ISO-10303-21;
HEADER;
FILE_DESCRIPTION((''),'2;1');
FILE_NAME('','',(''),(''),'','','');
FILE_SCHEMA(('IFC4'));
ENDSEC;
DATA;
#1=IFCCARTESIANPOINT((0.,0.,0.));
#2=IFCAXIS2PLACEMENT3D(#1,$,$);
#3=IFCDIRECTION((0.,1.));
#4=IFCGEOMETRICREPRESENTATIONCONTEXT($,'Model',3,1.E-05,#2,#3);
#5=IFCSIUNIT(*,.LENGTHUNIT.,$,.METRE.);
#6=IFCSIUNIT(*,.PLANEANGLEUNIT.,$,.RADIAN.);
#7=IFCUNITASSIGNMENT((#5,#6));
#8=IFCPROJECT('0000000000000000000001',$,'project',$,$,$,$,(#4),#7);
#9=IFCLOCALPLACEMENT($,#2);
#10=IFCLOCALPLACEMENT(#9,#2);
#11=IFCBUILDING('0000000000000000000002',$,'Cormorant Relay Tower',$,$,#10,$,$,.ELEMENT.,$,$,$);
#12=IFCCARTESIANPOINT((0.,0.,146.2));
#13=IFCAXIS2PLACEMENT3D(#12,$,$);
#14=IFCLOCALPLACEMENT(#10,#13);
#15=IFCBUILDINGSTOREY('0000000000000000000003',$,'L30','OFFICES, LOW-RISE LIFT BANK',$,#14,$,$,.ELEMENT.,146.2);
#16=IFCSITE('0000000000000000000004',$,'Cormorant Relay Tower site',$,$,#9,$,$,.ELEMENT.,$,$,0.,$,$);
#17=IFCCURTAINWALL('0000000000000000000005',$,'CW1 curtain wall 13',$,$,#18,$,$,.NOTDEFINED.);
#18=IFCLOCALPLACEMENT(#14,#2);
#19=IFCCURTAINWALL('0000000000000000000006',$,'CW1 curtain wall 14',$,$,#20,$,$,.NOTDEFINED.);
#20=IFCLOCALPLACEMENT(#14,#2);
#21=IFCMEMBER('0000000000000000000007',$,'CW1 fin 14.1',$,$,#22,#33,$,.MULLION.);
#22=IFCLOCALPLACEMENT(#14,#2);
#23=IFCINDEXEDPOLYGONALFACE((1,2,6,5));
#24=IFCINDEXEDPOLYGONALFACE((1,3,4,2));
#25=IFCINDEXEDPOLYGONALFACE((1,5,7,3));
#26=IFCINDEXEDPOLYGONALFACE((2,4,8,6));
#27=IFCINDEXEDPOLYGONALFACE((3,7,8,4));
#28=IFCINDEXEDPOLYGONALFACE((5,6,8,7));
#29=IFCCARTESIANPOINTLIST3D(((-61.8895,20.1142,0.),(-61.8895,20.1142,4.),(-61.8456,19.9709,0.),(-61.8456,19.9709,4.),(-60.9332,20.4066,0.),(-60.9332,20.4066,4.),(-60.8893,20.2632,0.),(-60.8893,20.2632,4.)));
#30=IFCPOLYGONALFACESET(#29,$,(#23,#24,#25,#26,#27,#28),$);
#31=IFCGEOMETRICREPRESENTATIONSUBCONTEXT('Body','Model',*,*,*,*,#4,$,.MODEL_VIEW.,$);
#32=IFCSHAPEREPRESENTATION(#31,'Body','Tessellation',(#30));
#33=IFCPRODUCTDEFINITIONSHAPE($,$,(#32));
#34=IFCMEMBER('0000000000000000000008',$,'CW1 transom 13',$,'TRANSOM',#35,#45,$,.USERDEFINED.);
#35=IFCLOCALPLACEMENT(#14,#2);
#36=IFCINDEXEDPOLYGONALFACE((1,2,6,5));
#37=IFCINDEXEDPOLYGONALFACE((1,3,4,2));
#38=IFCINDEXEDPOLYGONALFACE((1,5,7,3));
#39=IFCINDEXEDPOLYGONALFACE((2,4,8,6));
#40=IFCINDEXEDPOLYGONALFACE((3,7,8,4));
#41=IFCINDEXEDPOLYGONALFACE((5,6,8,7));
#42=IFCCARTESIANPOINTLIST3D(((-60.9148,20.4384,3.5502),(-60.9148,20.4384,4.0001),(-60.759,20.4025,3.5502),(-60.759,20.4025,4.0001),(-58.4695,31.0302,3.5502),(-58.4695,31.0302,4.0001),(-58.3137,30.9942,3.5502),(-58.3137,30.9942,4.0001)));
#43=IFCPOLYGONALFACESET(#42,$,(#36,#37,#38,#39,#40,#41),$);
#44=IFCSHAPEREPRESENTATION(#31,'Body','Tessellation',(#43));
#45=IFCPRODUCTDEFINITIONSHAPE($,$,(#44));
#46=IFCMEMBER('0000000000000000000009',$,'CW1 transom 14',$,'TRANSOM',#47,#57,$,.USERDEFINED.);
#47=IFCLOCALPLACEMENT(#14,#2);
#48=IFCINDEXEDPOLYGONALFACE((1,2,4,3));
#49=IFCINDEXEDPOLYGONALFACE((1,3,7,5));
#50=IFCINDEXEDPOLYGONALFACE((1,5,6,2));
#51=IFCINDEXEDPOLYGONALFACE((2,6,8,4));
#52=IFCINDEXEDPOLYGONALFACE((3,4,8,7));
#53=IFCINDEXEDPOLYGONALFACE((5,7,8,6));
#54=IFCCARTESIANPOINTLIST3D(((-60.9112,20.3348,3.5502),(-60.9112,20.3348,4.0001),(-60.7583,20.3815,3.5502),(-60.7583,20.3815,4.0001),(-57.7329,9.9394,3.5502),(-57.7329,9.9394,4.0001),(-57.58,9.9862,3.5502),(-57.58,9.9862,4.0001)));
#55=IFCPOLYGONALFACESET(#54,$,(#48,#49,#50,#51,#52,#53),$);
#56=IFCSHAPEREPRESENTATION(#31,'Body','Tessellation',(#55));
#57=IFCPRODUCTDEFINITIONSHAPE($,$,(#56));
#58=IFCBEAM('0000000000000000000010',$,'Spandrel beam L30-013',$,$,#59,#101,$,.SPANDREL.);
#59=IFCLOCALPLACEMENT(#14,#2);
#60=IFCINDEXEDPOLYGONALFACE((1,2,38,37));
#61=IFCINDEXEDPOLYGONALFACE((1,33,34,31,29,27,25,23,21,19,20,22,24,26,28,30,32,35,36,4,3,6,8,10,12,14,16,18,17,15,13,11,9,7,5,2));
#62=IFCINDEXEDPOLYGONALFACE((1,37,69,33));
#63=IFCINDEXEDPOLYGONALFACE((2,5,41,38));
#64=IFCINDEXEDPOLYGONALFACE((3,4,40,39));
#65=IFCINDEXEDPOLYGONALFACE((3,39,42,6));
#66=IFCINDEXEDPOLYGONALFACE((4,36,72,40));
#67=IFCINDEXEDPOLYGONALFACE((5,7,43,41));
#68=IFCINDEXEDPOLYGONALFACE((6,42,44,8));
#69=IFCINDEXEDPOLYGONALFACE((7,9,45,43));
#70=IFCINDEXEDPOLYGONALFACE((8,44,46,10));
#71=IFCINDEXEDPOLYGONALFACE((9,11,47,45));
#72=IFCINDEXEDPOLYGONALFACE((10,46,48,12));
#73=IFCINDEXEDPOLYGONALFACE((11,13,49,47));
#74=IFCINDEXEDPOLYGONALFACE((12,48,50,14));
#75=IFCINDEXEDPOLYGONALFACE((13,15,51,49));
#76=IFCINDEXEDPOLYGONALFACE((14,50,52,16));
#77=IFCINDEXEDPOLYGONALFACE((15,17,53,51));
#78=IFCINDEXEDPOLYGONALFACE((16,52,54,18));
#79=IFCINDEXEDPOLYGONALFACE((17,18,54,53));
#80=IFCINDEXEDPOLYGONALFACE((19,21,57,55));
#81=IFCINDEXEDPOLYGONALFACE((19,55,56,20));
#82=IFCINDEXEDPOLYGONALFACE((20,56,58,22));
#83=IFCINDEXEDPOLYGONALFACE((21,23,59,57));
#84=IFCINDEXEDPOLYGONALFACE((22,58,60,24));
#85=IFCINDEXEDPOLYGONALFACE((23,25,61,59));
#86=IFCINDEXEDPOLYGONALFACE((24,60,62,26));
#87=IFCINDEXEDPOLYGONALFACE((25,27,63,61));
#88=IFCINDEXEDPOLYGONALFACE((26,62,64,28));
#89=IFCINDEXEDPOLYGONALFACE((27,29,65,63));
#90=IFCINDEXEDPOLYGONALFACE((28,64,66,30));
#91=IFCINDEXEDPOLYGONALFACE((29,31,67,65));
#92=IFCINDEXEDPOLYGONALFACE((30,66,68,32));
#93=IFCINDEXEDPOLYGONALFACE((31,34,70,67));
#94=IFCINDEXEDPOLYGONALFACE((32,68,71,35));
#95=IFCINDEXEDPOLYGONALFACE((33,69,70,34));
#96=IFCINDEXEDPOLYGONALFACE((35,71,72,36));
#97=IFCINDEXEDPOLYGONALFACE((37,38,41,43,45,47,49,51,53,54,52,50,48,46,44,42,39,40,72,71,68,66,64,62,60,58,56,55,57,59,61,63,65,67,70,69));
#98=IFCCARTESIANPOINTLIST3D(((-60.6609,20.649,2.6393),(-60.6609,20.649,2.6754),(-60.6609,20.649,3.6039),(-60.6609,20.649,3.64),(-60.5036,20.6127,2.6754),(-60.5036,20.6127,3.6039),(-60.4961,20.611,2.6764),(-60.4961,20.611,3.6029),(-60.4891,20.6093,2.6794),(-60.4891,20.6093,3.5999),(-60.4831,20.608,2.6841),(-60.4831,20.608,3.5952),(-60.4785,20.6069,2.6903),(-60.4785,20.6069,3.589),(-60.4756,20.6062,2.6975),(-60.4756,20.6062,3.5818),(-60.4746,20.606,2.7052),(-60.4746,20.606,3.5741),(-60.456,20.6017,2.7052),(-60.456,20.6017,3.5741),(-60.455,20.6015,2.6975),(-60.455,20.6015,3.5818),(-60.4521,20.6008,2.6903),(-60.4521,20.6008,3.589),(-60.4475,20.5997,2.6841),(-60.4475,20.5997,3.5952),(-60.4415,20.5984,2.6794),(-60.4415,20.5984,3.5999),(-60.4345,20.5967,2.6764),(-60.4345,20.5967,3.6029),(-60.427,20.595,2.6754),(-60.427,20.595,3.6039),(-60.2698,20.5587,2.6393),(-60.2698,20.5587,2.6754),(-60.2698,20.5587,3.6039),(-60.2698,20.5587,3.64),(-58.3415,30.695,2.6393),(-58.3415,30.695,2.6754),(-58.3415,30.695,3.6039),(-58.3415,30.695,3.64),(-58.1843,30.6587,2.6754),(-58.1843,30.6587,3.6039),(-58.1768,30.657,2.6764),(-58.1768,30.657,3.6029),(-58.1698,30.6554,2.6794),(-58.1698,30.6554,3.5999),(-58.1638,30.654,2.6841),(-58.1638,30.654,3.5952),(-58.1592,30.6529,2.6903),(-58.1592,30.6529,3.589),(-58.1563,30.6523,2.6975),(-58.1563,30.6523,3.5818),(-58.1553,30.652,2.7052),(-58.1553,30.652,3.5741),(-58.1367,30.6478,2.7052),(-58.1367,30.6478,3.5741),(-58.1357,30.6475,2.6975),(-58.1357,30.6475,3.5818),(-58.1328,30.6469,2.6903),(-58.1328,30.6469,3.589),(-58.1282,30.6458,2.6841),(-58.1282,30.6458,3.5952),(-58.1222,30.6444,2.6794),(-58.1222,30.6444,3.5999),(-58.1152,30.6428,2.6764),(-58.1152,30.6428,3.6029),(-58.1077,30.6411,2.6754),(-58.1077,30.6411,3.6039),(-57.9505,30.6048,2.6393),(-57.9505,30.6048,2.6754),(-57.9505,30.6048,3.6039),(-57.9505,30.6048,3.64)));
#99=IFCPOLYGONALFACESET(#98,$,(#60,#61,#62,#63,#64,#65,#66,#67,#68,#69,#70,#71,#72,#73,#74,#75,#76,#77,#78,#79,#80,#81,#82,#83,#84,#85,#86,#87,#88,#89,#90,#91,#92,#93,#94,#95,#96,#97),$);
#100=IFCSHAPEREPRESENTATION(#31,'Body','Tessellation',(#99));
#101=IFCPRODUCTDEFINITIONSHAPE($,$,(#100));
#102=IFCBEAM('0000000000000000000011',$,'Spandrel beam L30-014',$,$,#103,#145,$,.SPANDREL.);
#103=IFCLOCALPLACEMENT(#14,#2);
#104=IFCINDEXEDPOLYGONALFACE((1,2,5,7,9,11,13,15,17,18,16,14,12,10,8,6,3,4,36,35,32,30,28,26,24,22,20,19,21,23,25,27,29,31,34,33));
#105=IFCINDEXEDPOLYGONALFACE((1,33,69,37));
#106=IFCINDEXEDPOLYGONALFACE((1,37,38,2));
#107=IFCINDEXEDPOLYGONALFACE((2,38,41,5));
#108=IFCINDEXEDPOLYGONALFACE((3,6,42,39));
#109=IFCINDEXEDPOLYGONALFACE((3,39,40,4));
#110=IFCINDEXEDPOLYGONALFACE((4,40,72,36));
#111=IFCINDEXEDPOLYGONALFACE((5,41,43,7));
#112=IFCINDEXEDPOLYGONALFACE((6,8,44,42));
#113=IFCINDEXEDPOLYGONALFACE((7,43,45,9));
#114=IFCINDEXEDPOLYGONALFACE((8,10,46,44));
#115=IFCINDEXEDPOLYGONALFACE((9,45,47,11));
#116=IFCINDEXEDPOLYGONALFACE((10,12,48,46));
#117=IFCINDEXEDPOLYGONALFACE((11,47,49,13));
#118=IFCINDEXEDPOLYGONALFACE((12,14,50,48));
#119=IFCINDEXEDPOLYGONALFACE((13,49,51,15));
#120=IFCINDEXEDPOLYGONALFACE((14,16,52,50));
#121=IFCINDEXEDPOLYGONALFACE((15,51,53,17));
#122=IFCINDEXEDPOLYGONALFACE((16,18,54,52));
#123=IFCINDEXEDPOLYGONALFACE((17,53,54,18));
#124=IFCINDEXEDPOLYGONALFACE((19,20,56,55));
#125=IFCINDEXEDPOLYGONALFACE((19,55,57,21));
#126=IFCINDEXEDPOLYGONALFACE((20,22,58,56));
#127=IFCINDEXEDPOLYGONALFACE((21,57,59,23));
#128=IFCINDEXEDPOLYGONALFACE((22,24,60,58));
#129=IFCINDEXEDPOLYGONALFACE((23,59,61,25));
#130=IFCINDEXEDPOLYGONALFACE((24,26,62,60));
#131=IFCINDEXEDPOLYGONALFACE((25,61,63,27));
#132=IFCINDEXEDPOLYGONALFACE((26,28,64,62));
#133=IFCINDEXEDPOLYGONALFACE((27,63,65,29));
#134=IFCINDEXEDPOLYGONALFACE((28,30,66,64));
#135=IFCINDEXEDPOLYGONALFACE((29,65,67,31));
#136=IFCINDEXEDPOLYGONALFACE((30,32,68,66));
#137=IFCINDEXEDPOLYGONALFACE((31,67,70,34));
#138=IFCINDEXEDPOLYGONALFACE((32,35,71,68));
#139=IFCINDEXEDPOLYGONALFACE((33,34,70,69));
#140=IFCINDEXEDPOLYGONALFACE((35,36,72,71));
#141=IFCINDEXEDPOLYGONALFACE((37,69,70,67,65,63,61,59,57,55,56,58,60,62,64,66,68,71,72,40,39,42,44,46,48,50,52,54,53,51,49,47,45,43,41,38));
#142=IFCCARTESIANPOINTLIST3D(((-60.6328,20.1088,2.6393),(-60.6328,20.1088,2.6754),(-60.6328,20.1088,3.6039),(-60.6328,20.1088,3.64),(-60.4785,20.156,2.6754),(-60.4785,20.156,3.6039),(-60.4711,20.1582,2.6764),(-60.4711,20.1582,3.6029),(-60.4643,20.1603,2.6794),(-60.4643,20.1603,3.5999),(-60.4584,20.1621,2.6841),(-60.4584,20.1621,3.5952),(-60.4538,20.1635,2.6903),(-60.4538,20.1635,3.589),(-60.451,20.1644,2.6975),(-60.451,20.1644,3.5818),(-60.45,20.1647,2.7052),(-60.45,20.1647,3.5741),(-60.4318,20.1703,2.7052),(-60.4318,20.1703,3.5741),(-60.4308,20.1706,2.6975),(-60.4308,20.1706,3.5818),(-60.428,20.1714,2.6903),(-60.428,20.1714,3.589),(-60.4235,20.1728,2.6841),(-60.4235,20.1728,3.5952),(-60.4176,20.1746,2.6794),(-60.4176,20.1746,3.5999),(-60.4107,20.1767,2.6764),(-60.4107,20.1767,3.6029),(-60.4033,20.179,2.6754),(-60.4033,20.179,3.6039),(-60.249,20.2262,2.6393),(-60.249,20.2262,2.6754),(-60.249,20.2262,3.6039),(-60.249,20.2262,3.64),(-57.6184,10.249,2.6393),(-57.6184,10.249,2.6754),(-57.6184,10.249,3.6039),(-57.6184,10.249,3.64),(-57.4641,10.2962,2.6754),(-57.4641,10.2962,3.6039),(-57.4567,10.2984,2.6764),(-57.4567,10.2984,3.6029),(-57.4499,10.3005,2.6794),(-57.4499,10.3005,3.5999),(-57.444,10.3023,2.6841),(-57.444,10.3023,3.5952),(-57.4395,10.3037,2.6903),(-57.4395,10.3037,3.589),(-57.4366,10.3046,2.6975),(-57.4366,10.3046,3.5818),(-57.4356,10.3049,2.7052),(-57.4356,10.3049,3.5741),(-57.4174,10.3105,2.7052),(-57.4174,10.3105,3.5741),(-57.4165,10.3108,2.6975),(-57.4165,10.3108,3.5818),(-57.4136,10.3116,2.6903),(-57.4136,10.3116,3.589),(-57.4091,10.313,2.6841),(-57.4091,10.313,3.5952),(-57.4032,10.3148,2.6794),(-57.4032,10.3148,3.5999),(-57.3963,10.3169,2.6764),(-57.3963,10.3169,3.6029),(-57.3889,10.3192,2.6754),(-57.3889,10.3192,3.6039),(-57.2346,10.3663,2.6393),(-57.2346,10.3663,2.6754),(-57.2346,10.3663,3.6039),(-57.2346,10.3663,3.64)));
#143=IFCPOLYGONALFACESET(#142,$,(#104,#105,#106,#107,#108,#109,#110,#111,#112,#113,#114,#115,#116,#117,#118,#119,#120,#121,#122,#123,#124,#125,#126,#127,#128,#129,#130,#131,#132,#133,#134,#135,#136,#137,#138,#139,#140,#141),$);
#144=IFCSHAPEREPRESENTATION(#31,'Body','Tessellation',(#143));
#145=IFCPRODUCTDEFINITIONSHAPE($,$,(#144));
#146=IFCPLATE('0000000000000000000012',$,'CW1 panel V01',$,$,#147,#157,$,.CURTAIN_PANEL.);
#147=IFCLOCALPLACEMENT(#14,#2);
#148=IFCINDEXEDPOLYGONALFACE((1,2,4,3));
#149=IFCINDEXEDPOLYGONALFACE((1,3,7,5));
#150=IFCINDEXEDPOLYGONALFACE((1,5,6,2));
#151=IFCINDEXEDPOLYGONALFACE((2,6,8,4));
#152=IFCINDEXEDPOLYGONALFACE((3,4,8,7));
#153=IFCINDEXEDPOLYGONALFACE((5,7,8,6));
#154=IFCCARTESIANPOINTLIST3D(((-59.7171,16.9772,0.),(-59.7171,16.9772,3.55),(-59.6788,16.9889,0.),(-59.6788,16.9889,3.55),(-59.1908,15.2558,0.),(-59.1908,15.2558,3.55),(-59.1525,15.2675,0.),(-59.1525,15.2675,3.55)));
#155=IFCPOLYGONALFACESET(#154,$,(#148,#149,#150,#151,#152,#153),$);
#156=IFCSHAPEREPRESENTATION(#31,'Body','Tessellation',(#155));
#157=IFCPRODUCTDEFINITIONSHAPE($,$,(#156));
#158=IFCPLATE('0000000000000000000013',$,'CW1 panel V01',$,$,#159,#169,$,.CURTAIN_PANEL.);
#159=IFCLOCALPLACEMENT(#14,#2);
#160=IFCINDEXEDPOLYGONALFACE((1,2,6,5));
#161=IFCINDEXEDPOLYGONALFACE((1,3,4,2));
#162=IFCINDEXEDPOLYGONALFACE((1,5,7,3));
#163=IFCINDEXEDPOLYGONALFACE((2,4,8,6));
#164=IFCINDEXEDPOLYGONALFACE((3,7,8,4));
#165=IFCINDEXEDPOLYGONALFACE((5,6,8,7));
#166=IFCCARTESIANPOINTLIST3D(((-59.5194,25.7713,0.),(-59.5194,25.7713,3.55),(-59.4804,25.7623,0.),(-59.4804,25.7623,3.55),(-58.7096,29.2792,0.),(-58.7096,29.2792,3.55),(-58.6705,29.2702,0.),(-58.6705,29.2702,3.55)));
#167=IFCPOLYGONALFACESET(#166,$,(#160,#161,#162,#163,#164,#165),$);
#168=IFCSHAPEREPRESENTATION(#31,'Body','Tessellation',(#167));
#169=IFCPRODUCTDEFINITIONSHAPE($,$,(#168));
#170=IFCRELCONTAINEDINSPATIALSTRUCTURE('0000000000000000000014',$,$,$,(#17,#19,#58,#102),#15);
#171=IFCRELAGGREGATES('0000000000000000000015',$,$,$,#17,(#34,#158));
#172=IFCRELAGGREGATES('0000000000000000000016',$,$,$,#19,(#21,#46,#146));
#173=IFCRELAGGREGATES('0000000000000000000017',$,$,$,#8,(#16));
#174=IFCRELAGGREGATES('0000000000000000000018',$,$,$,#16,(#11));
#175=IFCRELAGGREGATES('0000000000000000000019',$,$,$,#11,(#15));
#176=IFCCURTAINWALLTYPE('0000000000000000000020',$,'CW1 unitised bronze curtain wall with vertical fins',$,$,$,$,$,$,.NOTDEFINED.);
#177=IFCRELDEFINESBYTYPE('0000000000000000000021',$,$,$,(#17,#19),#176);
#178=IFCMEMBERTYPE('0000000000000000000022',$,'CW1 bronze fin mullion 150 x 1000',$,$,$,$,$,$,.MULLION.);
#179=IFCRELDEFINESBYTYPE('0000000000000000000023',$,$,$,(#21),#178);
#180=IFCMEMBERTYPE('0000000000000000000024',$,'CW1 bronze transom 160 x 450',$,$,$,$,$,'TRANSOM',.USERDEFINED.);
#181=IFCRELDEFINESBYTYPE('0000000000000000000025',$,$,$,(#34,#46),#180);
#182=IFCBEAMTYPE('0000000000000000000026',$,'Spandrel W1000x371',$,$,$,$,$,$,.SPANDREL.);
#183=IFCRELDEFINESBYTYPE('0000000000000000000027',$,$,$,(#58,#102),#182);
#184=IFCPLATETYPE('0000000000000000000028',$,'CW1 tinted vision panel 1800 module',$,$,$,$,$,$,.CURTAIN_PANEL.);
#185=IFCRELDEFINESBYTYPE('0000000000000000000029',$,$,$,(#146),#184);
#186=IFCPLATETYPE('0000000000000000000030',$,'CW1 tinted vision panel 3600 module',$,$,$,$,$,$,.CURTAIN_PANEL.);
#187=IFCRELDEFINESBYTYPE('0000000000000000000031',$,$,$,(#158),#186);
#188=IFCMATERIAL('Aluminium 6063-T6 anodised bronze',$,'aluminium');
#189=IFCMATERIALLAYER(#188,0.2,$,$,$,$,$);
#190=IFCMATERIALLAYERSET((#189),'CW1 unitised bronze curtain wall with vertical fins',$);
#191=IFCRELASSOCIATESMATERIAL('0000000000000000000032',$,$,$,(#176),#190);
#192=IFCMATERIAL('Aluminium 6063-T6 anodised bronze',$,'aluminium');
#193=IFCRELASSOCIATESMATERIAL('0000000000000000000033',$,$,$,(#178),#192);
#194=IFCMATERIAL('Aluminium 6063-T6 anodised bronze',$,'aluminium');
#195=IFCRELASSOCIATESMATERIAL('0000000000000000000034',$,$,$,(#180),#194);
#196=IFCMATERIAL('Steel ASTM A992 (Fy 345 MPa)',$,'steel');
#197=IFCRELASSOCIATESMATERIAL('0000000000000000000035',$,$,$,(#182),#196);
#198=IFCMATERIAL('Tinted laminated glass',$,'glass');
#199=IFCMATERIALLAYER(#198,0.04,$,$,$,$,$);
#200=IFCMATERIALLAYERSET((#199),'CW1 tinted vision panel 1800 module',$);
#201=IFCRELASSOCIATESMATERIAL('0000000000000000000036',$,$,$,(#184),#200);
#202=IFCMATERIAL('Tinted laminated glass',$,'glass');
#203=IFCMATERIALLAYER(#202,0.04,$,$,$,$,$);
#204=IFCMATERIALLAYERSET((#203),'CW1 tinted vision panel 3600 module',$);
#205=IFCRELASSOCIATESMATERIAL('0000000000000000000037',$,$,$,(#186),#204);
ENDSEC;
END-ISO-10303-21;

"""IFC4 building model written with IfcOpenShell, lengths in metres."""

from ifc_helpers import new_model, si_unit, direction, frame, origin, origin_2d, place, context, subcontext, project, spatial, rectangle, i_section, extrude, material, layer, layer_set, material_profile, profile_set, type_object, element, aggregate, save


model = new_model("IFC4")

# Units and contexts
model_context = context("Model", 3, precision=1e-05, world=origin(), true_north=direction((0.0, 1.0)))
body_context = subcontext(model_context, "Body", "Model", "MODEL_VIEW")
ifc_project = project(units=[si_unit("LENGTHUNIT", "METRE"), si_unit("PLANEANGLEUNIT", "RADIAN")], contexts=[model_context])

# Site, building, storey
site_placement = place(None, origin())
site = spatial("IfcSite", under=ifc_project, at=site_placement, Name="Cormorant Relay Tower site", CompositionType="ELEMENT", RefElevation=0.0)
building_placement = place(site_placement, origin())
building = spatial("IfcBuilding", under=site, at=building_placement, Name="Cormorant Relay Tower", CompositionType="ELEMENT")
storey_placement = place(building_placement, frame((0.0, 0.0, 146.2)))
storey = spatial("IfcBuildingStorey", under=building, at=storey_placement, Name="L30", Description="OFFICES, LOW-RISE LIFT BANK", CompositionType="ELEMENT", Elevation=146.2)

# Curtain walls, member
ifc_material_1 = material(Name="Aluminium 6063-T6 anodised bronze", Category="aluminium")
ifc_layer_1 = layer(ifc_material_1, 0.2)
ifc_layer_set_1 = layer_set([ifc_layer_1], Name="CW1 unitised bronze curtain wall with vertical fins")
curtain_wall_type = type_object("IfcCurtainWallType", Name="CW1 unitised bronze curtain wall with vertical fins", PredefinedType="NOTDEFINED", material=ifc_layer_set_1)
curtain_wall_1_placement = place(storey_placement, origin())
curtain_wall_1 = element("IfcCurtainWall", 1, at=curtain_wall_1_placement, inside=storey, type_object=curtain_wall_type, Name="CW1 curtain wall 13", PredefinedType="NOTDEFINED")
ifc_material_2 = material(Name="Aluminium 6063-T6 anodised bronze", Category="aluminium")
ifc_material_profile_1 = material_profile(ifc_material_2, rectangle(XDim=0.1499, YDim=1.0, at=origin_2d()), Name="AL 150x1000")
ifc_profile_set_1 = profile_set([ifc_material_profile_1], Name="Aluminium 6063-T6 anodised bronze")
member_type_1 = type_object("IfcMemberType", Name="CW1 bronze fin mullion 150 x 1000", PredefinedType="MULLION", material=ifc_profile_set_1)
curtain_wall_2_placement = place(storey_placement, origin())
curtain_wall_2 = element("IfcCurtainWall", 2, at=curtain_wall_2_placement, inside=storey, type_object=curtain_wall_type, Name="CW1 curtain wall 14", PredefinedType="NOTDEFINED")
member_1_placement = place(storey_placement, frame((-61.3894, 20.1887, 0.0), z_axis=(0.0, 0.0, 1.0), x_axis=(0.292372, -0.956305, 0.0)))
member_1 = element("IfcMember", 3, at=member_1_placement, type_object=member_type_1, Name="CW1 fin 14.1", PredefinedType="MULLION", context=body_context, shape_type="SweptSolid", body=[
    extrude(rectangle(XDim=0.1499, YDim=1.0, at=origin_2d()), origin(), (0.0, 0.0, 1.0), 4.0),
])

# Members
ifc_material_3 = material(Name="Aluminium 6063-T6 anodised bronze", Category="aluminium")
ifc_material_profile_2 = material_profile(ifc_material_3, rectangle(XDim=0.1599, YDim=0.45, at=origin_2d()), Name="AL 160x450")
ifc_profile_set_2 = profile_set([ifc_material_profile_2], Name="Aluminium 6063-T6 anodised bronze")
member_type_2 = type_object("IfcMemberType", Name="CW1 bronze transom 160 x 450", ElementType="TRANSOM", PredefinedType="USERDEFINED", material=ifc_profile_set_2)
member_2_placement = place(storey_placement, frame((-58.3916, 31.0122, 3.7751), z_axis=(-0.224951, -0.97437, 0.0), x_axis=(0.97437, -0.224951, 0.0)))
member_2 = element("IfcMember", 4, at=member_2_placement, type_object=member_type_2, Name="CW1 transom 13", ObjectType="TRANSOM", PredefinedType="USERDEFINED", context=body_context, shape_type="SweptSolid", body=[
    extrude(rectangle(XDim=0.1599, YDim=0.45, at=origin_2d()), origin(), (0.0, 0.0, 1.0), 10.8704),
])
member_3_placement = place(storey_placement, frame((-60.8347, 20.3582, 3.7751), z_axis=(0.292378, -0.956303, 0.0), x_axis=(0.956303, 0.292378, 0.0)))
member_3 = element("IfcMember", 5, at=member_3_placement, type_object=member_type_2, Name="CW1 transom 14", ObjectType="TRANSOM", PredefinedType="USERDEFINED", context=body_context, shape_type="SweptSolid", body=[
    extrude(rectangle(XDim=0.1599, YDim=0.45, at=origin_2d()), origin(), (0.0, 0.0, 1.0), 10.8704),
])

# Beams
ifc_material_4 = material(Name="Steel ASTM A992 (Fy 345 MPa)", Category="steel")
ifc_material_profile_3 = material_profile(ifc_material_4, i_section(OverallWidth=0.4014, OverallDepth=1.0007, WebThickness=0.019, FlangeThickness=0.0361, FilletRadius=0.0298, at=origin_2d()), Name="W1000x371")
ifc_profile_set_3 = profile_set([ifc_material_profile_3], Name="Steel ASTM A992 (Fy 345 MPa)")
beam_type = type_object("IfcBeamType", Name="Spandrel W1000x371", PredefinedType="SPANDREL", material=ifc_profile_set_3)
for number, where, z_axis, x_axis, name in (
    (6, (-58.146, 30.6499, 3.1396), (-0.224951, -0.97437, 0.0), (0.97437, -0.224951, 0.0), "Spandrel beam L30-013"),
    (7, (-60.4409, 20.1675, 3.1396), (0.292367, -0.956306, 0.0), (0.956306, 0.292367, 0.0), "Spandrel beam L30-014"),
):
    element("IfcBeam", number, at=place(storey_placement, frame(where, z_axis=z_axis, x_axis=x_axis)), inside=storey, type_object=beam_type, Name=name, PredefinedType="SPANDREL", context=body_context, shape_type="SweptSolid", body=[
        extrude(i_section(OverallWidth=0.4014, OverallDepth=1.0007, WebThickness=0.019, FlangeThickness=0.0361, FilletRadius=0.0298, at=origin_2d()), origin(), (0.0, 0.0, 1.0), 10.3103),
    ])

# Plates
ifc_material_5 = material(Name="Tinted laminated glass", Category="glass")
ifc_layer_2 = layer(ifc_material_5, 0.04)
ifc_layer_set_2 = layer_set([ifc_layer_2], Name="CW1 tinted vision panel 1800 module")
plate_type_1 = type_object("IfcPlateType", Name="CW1 tinted vision panel 1800 module", PredefinedType="CURTAIN_PANEL", material=ifc_layer_set_2)
plate_1_placement = place(storey_placement, frame((-59.4348, 16.1223, 0.0), z_axis=(0.0, 0.0, 1.0), x_axis=(0.292372, -0.956305, 0.0)))
plate_1 = element("IfcPlate", 8, at=plate_1_placement, type_object=plate_type_1, Name="CW1 panel V01", PredefinedType="CURTAIN_PANEL", context=body_context, shape_type="SweptSolid", body=[
    extrude(rectangle(XDim=1.8, YDim=0.04, at=origin_2d()), origin(), (0.0, 0.0, 1.0), 3.55),
])
ifc_material_6 = material(Name="Tinted laminated glass", Category="glass")
ifc_layer_3 = layer(ifc_material_6, 0.04)
ifc_layer_set_3 = layer_set([ifc_layer_3], Name="CW1 tinted vision panel 3600 module")
plate_type_2 = type_object("IfcPlateType", Name="CW1 tinted vision panel 3600 module", PredefinedType="CURTAIN_PANEL", material=ifc_layer_set_3)
plate_2_placement = place(storey_placement, frame((-59.095, 27.5208, 0.0), z_axis=(0.0, 0.0, 1.0), x_axis=(-0.224951, -0.97437, 0.0)))
plate_2 = element("IfcPlate", 9, at=plate_2_placement, type_object=plate_type_2, Name="CW1 panel V01", PredefinedType="CURTAIN_PANEL", context=body_context, shape_type="SweptSolid", body=[
    extrude(rectangle(XDim=3.6001, YDim=0.04, at=origin_2d()), origin(), (0.0, 0.0, 1.0), 3.55),
])

aggregate(curtain_wall_1, [member_2, plate_2])
aggregate(curtain_wall_2, [member_1, member_3, plate_1])

save(model, "model.ifc")
